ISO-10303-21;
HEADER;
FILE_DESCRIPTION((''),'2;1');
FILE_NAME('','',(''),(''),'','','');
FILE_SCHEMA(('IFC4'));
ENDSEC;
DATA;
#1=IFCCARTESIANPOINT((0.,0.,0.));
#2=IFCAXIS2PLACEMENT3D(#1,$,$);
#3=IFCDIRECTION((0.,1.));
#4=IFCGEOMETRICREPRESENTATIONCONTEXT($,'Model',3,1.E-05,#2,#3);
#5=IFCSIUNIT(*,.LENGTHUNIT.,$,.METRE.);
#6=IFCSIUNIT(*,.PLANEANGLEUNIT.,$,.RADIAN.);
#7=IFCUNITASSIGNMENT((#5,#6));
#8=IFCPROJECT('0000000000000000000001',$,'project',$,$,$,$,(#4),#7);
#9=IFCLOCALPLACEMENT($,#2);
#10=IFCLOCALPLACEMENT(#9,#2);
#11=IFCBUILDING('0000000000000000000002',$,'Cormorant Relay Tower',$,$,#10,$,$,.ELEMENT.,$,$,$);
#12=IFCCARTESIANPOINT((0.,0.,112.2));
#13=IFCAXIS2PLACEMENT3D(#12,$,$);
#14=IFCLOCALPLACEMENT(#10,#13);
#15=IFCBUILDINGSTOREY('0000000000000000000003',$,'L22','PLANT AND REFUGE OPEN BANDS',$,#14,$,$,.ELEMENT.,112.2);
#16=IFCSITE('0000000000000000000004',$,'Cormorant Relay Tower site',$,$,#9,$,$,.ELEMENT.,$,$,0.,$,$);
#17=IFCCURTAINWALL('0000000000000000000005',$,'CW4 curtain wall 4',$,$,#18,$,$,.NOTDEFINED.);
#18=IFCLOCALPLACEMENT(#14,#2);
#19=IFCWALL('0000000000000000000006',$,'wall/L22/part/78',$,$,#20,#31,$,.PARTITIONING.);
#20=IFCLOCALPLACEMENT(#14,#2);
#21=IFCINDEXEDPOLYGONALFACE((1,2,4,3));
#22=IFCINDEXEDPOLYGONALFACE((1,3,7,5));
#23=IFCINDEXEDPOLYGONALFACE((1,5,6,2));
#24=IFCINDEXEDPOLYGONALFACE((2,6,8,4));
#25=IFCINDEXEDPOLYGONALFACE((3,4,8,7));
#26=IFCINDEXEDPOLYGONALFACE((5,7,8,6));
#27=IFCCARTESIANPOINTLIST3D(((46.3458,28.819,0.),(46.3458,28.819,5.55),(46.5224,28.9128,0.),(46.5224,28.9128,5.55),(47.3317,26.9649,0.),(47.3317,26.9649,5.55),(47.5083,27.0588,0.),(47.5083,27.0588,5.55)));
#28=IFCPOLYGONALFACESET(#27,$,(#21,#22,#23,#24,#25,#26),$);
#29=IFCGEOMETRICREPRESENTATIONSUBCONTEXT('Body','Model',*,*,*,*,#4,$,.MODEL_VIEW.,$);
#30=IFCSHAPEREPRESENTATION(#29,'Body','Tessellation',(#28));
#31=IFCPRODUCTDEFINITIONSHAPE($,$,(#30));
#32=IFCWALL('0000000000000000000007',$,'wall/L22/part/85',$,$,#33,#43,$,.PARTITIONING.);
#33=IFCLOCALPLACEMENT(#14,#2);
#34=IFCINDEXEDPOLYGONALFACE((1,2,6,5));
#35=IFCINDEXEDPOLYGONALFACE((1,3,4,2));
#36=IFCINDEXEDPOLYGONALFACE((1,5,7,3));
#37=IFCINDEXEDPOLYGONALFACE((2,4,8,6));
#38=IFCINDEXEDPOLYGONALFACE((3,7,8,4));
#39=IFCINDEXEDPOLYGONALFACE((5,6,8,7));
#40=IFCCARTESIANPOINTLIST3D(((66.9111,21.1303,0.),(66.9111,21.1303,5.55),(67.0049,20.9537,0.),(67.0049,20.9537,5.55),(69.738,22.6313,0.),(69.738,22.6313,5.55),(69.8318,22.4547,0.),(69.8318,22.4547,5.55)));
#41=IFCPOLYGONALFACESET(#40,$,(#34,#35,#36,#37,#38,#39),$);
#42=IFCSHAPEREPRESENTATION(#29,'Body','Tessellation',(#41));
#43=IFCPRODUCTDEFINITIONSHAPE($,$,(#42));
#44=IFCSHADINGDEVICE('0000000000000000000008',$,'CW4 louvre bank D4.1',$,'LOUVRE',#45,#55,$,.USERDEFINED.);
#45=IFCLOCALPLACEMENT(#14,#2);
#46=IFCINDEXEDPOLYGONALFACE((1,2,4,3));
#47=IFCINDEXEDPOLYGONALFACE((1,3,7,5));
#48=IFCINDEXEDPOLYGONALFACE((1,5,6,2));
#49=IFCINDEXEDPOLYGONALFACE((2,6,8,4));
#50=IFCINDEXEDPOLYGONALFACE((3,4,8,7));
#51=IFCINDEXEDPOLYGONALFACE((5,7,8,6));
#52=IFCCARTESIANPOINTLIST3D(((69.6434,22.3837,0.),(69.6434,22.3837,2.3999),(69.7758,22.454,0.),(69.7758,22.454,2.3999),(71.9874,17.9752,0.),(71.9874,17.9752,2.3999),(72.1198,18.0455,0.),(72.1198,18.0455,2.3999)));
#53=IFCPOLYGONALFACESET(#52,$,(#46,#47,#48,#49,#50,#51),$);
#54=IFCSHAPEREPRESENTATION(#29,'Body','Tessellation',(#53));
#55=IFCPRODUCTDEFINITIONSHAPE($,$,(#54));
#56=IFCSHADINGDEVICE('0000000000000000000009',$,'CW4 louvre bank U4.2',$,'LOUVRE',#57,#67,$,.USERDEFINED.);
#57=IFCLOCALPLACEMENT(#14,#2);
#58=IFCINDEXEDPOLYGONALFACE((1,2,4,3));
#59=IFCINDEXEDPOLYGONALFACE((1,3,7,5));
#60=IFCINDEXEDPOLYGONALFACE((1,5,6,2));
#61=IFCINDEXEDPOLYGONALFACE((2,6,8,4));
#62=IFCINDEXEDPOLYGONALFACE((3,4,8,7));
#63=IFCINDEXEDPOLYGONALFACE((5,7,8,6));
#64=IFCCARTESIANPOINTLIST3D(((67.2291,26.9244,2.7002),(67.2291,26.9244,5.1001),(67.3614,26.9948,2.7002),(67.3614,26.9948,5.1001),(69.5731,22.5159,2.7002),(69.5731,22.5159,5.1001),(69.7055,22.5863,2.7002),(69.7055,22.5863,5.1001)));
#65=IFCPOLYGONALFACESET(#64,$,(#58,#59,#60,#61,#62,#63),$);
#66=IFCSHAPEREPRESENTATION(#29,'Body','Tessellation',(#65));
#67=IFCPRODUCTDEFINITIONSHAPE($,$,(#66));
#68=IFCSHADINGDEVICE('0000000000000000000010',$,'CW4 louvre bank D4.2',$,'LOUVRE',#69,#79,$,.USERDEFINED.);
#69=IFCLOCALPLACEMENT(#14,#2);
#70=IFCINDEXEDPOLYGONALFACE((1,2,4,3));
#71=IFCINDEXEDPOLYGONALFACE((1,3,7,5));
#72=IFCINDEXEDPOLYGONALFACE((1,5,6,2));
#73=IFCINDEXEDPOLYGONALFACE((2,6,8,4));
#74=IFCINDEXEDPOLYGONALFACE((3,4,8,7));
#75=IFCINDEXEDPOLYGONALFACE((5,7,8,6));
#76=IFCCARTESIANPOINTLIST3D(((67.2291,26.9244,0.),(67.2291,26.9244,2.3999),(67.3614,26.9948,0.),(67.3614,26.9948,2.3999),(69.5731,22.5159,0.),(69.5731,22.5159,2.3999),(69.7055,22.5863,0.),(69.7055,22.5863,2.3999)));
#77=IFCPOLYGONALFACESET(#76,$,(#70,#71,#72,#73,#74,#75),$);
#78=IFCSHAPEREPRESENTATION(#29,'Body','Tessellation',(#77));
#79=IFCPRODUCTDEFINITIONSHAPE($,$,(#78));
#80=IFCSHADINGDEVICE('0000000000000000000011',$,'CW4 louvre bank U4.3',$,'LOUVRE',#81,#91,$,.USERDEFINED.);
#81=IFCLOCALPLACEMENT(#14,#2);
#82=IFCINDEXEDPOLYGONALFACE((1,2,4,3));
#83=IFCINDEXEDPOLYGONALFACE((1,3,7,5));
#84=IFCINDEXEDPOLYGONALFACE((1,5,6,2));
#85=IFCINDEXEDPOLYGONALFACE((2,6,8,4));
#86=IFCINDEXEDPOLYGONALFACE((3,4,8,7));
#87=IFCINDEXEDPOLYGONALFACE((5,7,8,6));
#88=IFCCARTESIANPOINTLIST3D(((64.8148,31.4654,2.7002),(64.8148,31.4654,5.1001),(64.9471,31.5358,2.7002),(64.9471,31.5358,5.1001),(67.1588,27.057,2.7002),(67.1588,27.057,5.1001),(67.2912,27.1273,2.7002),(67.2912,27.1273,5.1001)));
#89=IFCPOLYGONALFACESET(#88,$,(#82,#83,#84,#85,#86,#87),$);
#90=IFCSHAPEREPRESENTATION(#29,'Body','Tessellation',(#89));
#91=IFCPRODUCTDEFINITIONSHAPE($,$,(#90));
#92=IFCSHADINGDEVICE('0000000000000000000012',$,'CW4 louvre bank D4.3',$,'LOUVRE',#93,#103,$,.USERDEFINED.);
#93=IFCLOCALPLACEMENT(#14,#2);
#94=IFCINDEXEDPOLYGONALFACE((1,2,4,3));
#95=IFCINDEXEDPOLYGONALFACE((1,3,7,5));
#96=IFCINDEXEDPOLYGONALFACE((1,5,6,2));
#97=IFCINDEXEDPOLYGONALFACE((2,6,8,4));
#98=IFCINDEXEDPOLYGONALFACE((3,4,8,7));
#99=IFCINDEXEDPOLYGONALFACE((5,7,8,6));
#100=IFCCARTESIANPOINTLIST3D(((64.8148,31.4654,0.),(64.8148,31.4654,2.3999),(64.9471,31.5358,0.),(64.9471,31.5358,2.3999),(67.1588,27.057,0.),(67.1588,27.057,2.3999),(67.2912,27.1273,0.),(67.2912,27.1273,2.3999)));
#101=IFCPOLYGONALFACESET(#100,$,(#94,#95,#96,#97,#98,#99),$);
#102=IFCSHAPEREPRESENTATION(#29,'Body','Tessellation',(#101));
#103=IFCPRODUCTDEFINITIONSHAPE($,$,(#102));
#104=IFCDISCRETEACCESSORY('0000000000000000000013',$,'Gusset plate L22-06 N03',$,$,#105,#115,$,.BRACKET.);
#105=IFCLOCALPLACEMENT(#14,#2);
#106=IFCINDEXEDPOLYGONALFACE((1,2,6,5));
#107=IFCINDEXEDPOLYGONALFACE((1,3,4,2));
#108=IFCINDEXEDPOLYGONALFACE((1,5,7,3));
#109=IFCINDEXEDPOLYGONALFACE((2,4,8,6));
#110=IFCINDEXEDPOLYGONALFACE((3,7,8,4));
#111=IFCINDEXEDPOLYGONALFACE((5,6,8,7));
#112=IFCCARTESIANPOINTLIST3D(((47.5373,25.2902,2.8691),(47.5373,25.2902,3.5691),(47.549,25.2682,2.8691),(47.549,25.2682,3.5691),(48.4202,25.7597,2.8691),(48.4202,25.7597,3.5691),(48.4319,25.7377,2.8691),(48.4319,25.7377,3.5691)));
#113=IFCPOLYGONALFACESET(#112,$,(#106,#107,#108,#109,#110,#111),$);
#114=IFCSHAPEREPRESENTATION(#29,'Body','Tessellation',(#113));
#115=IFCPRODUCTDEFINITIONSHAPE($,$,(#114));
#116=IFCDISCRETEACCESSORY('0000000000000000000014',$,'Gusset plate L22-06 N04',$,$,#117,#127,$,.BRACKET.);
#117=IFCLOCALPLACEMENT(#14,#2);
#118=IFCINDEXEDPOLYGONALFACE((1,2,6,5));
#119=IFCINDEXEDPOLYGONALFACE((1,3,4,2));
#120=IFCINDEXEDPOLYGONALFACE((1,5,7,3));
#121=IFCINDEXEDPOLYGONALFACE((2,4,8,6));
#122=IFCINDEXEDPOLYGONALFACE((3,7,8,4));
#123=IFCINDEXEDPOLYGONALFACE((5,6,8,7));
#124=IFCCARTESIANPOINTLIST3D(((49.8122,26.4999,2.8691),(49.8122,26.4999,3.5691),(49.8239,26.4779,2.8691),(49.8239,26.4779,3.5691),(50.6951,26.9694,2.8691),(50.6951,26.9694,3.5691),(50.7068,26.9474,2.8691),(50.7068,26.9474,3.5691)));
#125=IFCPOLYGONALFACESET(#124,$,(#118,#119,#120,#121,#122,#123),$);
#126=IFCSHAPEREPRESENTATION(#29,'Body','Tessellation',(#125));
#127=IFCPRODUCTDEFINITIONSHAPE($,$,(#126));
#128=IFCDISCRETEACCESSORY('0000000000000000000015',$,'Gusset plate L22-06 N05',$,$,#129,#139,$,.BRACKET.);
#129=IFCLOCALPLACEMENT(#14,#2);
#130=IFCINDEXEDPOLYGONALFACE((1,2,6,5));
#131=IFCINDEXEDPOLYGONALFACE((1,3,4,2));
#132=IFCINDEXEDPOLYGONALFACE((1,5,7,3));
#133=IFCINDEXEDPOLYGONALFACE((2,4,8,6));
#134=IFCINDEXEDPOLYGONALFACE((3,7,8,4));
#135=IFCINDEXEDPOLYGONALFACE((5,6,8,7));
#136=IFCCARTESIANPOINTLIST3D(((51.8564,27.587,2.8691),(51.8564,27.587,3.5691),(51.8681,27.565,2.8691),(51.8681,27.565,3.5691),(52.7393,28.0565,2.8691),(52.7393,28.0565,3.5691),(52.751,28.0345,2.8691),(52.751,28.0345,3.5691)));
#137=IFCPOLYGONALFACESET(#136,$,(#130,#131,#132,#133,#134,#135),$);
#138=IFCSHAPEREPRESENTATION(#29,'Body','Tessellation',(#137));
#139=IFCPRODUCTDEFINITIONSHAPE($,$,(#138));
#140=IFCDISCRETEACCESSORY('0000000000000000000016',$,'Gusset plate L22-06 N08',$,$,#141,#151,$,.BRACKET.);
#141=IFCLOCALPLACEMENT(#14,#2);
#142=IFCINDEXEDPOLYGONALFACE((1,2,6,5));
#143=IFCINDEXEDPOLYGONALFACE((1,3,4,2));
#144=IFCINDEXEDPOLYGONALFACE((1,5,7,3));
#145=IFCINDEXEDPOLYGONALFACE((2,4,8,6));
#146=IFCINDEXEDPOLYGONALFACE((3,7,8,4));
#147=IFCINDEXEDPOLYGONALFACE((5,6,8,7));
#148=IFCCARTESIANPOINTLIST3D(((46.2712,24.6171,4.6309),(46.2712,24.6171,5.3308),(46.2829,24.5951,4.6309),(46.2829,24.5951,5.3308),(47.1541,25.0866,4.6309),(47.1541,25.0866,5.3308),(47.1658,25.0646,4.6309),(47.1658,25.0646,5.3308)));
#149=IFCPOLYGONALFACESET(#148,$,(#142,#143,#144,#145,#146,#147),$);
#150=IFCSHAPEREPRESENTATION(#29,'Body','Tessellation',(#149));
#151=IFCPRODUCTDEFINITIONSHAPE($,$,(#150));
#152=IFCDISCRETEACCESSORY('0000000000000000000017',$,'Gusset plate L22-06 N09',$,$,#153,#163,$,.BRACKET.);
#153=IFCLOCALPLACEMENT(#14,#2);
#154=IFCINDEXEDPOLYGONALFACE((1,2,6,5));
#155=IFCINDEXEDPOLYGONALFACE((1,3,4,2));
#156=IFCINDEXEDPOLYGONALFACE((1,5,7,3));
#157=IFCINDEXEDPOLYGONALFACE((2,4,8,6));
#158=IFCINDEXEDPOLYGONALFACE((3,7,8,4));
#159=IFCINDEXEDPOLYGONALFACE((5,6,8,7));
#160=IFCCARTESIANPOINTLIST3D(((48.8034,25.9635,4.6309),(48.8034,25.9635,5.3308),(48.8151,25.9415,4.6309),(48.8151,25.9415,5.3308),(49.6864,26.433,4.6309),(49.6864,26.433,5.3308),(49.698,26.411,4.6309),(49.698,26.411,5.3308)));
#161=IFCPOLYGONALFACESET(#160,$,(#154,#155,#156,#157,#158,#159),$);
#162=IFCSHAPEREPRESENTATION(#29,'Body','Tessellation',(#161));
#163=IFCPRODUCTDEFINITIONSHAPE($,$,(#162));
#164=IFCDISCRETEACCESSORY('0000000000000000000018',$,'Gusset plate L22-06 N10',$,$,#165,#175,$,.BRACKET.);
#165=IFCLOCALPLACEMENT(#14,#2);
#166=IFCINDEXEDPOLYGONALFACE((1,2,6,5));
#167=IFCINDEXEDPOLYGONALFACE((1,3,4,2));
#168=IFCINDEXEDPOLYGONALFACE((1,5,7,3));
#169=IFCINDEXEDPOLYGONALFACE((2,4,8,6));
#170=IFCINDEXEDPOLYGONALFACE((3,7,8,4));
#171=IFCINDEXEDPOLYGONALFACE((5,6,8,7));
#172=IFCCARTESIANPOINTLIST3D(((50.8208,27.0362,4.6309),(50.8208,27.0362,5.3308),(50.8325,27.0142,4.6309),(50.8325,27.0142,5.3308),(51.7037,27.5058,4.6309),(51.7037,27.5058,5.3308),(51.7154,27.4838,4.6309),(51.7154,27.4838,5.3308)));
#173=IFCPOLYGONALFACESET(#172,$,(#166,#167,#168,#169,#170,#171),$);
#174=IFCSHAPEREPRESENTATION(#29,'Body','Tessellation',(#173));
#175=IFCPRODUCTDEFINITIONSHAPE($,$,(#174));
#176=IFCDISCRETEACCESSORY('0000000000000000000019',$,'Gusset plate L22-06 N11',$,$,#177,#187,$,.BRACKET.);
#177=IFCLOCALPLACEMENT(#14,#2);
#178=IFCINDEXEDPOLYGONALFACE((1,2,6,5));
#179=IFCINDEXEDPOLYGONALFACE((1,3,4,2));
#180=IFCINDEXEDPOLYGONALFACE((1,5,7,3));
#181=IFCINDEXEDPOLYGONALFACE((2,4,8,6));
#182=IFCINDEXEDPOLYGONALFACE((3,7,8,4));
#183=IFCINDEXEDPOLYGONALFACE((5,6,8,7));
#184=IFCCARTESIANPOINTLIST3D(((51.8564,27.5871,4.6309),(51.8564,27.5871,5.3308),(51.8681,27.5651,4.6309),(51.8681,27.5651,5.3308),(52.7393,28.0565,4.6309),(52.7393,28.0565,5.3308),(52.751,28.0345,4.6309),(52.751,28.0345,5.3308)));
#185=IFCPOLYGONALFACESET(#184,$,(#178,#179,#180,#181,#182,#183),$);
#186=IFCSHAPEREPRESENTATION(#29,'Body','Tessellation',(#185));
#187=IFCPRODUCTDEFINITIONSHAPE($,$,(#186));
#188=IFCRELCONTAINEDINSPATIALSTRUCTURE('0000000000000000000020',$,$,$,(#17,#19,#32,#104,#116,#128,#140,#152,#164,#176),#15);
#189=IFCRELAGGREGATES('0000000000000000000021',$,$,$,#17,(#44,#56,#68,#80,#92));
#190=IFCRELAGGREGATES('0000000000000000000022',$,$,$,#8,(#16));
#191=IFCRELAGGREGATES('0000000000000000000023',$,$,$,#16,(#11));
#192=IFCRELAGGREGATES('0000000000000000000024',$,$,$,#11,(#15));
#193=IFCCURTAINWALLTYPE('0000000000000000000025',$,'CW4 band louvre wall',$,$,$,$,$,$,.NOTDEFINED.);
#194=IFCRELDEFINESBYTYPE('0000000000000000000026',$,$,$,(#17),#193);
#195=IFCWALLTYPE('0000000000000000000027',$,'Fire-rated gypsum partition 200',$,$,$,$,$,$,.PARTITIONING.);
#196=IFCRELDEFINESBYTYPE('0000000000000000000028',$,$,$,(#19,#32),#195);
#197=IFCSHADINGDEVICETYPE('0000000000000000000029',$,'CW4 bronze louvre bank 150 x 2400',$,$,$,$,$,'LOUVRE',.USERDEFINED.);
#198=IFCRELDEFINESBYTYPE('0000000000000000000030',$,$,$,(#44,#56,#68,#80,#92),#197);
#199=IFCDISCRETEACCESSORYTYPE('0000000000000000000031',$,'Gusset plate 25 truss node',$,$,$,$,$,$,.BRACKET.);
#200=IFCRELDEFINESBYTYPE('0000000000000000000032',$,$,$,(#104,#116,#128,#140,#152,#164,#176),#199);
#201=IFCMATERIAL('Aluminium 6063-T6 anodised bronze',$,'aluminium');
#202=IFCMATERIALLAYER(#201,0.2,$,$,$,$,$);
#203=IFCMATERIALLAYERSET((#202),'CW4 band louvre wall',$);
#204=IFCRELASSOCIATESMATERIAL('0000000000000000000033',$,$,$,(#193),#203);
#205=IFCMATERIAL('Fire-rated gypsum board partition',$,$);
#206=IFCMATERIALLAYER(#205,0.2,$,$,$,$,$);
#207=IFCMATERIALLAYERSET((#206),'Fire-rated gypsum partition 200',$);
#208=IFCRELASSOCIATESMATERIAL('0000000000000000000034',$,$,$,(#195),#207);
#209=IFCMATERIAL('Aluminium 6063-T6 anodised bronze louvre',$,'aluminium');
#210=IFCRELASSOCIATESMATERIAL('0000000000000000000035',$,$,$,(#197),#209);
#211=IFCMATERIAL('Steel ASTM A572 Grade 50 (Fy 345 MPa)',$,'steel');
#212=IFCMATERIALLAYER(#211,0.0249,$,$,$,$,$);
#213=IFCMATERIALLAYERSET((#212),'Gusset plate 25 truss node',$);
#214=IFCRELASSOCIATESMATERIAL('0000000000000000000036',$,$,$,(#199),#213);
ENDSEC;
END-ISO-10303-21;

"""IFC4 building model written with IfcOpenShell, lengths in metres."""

from ifc_helpers import new_model, si_unit, direction, frame, frame_2d, origin, origin_2d, place, context, subcontext, project, spatial, rectangle, extrude, material, layer, layer_set, type_object, element, aggregate, save


model = new_model("IFC4")

# Units and contexts
model_context = context("Model", 3, precision=1e-05, world=origin(), true_north=direction((0.0, 1.0)))
body_context = subcontext(model_context, "Body", "Model", "MODEL_VIEW")
ifc_project = project(units=[si_unit("LENGTHUNIT", "METRE"), si_unit("PLANEANGLEUNIT", "RADIAN")], contexts=[model_context])

# Site, building, storey
site_placement = place(None, origin())
site = spatial("IfcSite", under=ifc_project, at=site_placement, Name="Cormorant Relay Tower site", CompositionType="ELEMENT", RefElevation=0.0)
building_placement = place(site_placement, origin())
building = spatial("IfcBuilding", under=site, at=building_placement, Name="Cormorant Relay Tower", CompositionType="ELEMENT")
storey_placement = place(building_placement, frame((0.0, 0.0, 112.2)))
storey = spatial("IfcBuildingStorey", under=building, at=storey_placement, Name="L22", Description="PLANT AND REFUGE OPEN BANDS", CompositionType="ELEMENT", Elevation=112.2)

# Curtain wall
ifc_material_1 = material(Name="Aluminium 6063-T6 anodised bronze", Category="aluminium")
ifc_layer_1 = layer(ifc_material_1, 0.2)
ifc_layer_set_1 = layer_set([ifc_layer_1], Name="CW4 band louvre wall")
curtain_wall_type = type_object("IfcCurtainWallType", Name="CW4 band louvre wall", PredefinedType="NOTDEFINED", material=ifc_layer_set_1)
curtain_wall_placement = place(storey_placement, origin())
curtain_wall = element("IfcCurtainWall", 1, at=curtain_wall_placement, inside=storey, type_object=curtain_wall_type, Name="CW4 curtain wall 4", PredefinedType="NOTDEFINED")

# Walls
ifc_material_2 = material(Name="Fire-rated gypsum board partition")
ifc_layer_2 = layer(ifc_material_2, 0.2)
ifc_layer_set_2 = layer_set([ifc_layer_2], Name="Fire-rated gypsum partition 200")
wall_type = type_object("IfcWallType", Name="Fire-rated gypsum partition 200", PredefinedType="PARTITIONING", material=ifc_layer_set_2)
wall_1_placement = place(storey_placement, frame((47.4199, 27.012, 0.0), z_axis=(0.0, 0.0, 1.0), x_axis=(-0.46949, 0.882938, 0.0)))
element("IfcWall", 2, at=wall_1_placement, inside=storey, type_object=wall_type, Name="wall/L22/part/78", PredefinedType="PARTITIONING", context=body_context, shape_type="SweptSolid", body=[
    extrude(rectangle(XDim=2.0999, YDim=0.2, at=frame_2d((1.0498, 0.0))), origin(), (0.0, 0.0, 1.0), 5.55),
])
wall_2_placement = place(storey_placement, frame((66.958, 21.042, 0.0), z_axis=(0.0, 0.0, 1.0), x_axis=(0.883221, 0.468956, 0.0)))
element("IfcWall", 3, at=wall_2_placement, inside=storey, type_object=wall_type, Name="wall/L22/part/85", PredefinedType="PARTITIONING", context=body_context, shape_type="SweptSolid", body=[
    extrude(rectangle(XDim=3.2007, YDim=0.2, at=frame_2d((1.6003, 0.0))), origin(), (0.0, 0.0, 1.0), 5.55),
])

# Shading devices
ifc_material_3 = material(Name="Aluminium 6063-T6 anodised bronze louvre", Category="aluminium")
shading_device_type = type_object("IfcShadingDeviceType", Name="CW4 bronze louvre bank 150 x 2400", ElementType="LOUVRE", PredefinedType="USERDEFINED", material=ifc_material_3)
shading_device_1_placement = place(storey_placement, frame((70.8816, 20.2146, 0.0), z_axis=(0.0, 0.0, 1.0), x_axis=(-0.469472, 0.882948, 0.0)))
shading_device_1 = element("IfcShadingDevice", 4, at=shading_device_1_placement, type_object=shading_device_type, Name="CW4 louvre bank D4.1", ObjectType="LOUVRE", PredefinedType="USERDEFINED", context=body_context, shape_type="SweptSolid", body=[
    extrude(rectangle(XDim=4.9929, YDim=0.1499, at=origin_2d()), origin(), (0.0, 0.0, 1.0), 2.3999),
])
shading_device_2_placement = place(storey_placement, frame((68.4673, 24.7554, 2.7002), z_axis=(0.0, 0.0, 1.0), x_axis=(-0.469472, 0.882948, 0.0)))
shading_device_2 = element("IfcShadingDevice", 5, at=shading_device_2_placement, type_object=shading_device_type, Name="CW4 louvre bank U4.2", ObjectType="LOUVRE", PredefinedType="USERDEFINED", context=body_context, shape_type="SweptSolid", body=[
    extrude(rectangle(XDim=4.9929, YDim=0.1499, at=origin_2d()), origin(), (0.0, 0.0, 1.0), 2.3999),
])
shading_device_3_placement = place(storey_placement, frame((68.4673, 24.7554, 0.0), z_axis=(0.0, 0.0, 1.0), x_axis=(-0.469472, 0.882948, 0.0)))
shading_device_3 = element("IfcShadingDevice", 6, at=shading_device_3_placement, type_object=shading_device_type, Name="CW4 louvre bank D4.2", ObjectType="LOUVRE", PredefinedType="USERDEFINED", context=body_context, shape_type="SweptSolid", body=[
    extrude(rectangle(XDim=4.9929, YDim=0.1499, at=origin_2d()), origin(), (0.0, 0.0, 1.0), 2.3999),
])
shading_device_4_placement = place(storey_placement, frame((66.053, 29.2964, 2.7002), z_axis=(0.0, 0.0, 1.0), x_axis=(-0.469472, 0.882948, 0.0)))
shading_device_4 = element("IfcShadingDevice", 7, at=shading_device_4_placement, type_object=shading_device_type, Name="CW4 louvre bank U4.3", ObjectType="LOUVRE", PredefinedType="USERDEFINED", context=body_context, shape_type="SweptSolid", body=[
    extrude(rectangle(XDim=4.9929, YDim=0.1499, at=origin_2d()), origin(), (0.0, 0.0, 1.0), 2.3999),
])
shading_device_5_placement = place(storey_placement, frame((66.053, 29.2964, 0.0), z_axis=(0.0, 0.0, 1.0), x_axis=(-0.469472, 0.882948, 0.0)))
shading_device_5 = element("IfcShadingDevice", 8, at=shading_device_5_placement, type_object=shading_device_type, Name="CW4 louvre bank D4.3", ObjectType="LOUVRE", PredefinedType="USERDEFINED", context=body_context, shape_type="SweptSolid", body=[
    extrude(rectangle(XDim=4.9929, YDim=0.1499, at=origin_2d()), origin(), (0.0, 0.0, 1.0), 2.3999),
])
aggregate(curtain_wall, [shading_device_1, shading_device_2, shading_device_3, shading_device_4, shading_device_5])

# Discrete accessories
ifc_material_4 = material(Name="Steel ASTM A572 Grade 50 (Fy 345 MPa)", Category="steel")
ifc_layer_3 = layer(ifc_material_4, 0.0249)
ifc_layer_set_3 = layer_set([ifc_layer_3], Name="Gusset plate 25 truss node")
discrete_accessory_type = type_object("IfcDiscreteAccessoryType", Name="Gusset plate 25 truss node", PredefinedType="BRACKET", material=ifc_layer_set_3)
for number, where, z_axis, x_axis, name in (
    (9, (47.9846, 25.5139, 2.8691), (0.0, 0.0, 1.0), (0.882927, 0.46951, 0.0), "Gusset plate L22-06 N03"),
    (10, (50.2595, 26.7236, 2.8691), (0.0, 0.0, 1.0), (0.882921, 0.469522, 0.0), "Gusset plate L22-06 N04"),
    (11, (52.3037, 27.8108, 2.8691), (0.0, 0.0, 1.0), (0.882931, 0.469502, 0.0), "Gusset plate L22-06 N05"),
    (12, (46.7185, 24.8408, 4.6309), (0.0, 0.0, 1.0), (0.882932, 0.469501, 0.0), "Gusset plate L22-06 N08"),
    (13, (49.2507, 26.1873, 4.6309), (0.0, 0.0, 1.0), (0.882932, 0.469501, 0.0), "Gusset plate L22-06 N09"),
    (14, (51.2681, 27.26, 4.6309), (0.0, 0.0, 1.0), (0.882915, 0.469533, 0.0), "Gusset plate L22-06 N10"),
    (15, (52.3037, 27.8108, 4.6309), (0.0, 0.0, 1.0), (0.882954, 0.469459, 0.0), "Gusset plate L22-06 N11"),
):
    element("IfcDiscreteAccessory", number, at=place(storey_placement, frame(where, z_axis=z_axis, x_axis=x_axis)), inside=storey, type_object=discrete_accessory_type, Name=name, PredefinedType="BRACKET", context=body_context, shape_type="SweptSolid", body=[
        extrude(rectangle(XDim=1.0, YDim=0.0249, at=origin_2d()), origin(), (0.0, 0.0, 1.0), 0.7),
    ])

save(model, "model.ifc")
